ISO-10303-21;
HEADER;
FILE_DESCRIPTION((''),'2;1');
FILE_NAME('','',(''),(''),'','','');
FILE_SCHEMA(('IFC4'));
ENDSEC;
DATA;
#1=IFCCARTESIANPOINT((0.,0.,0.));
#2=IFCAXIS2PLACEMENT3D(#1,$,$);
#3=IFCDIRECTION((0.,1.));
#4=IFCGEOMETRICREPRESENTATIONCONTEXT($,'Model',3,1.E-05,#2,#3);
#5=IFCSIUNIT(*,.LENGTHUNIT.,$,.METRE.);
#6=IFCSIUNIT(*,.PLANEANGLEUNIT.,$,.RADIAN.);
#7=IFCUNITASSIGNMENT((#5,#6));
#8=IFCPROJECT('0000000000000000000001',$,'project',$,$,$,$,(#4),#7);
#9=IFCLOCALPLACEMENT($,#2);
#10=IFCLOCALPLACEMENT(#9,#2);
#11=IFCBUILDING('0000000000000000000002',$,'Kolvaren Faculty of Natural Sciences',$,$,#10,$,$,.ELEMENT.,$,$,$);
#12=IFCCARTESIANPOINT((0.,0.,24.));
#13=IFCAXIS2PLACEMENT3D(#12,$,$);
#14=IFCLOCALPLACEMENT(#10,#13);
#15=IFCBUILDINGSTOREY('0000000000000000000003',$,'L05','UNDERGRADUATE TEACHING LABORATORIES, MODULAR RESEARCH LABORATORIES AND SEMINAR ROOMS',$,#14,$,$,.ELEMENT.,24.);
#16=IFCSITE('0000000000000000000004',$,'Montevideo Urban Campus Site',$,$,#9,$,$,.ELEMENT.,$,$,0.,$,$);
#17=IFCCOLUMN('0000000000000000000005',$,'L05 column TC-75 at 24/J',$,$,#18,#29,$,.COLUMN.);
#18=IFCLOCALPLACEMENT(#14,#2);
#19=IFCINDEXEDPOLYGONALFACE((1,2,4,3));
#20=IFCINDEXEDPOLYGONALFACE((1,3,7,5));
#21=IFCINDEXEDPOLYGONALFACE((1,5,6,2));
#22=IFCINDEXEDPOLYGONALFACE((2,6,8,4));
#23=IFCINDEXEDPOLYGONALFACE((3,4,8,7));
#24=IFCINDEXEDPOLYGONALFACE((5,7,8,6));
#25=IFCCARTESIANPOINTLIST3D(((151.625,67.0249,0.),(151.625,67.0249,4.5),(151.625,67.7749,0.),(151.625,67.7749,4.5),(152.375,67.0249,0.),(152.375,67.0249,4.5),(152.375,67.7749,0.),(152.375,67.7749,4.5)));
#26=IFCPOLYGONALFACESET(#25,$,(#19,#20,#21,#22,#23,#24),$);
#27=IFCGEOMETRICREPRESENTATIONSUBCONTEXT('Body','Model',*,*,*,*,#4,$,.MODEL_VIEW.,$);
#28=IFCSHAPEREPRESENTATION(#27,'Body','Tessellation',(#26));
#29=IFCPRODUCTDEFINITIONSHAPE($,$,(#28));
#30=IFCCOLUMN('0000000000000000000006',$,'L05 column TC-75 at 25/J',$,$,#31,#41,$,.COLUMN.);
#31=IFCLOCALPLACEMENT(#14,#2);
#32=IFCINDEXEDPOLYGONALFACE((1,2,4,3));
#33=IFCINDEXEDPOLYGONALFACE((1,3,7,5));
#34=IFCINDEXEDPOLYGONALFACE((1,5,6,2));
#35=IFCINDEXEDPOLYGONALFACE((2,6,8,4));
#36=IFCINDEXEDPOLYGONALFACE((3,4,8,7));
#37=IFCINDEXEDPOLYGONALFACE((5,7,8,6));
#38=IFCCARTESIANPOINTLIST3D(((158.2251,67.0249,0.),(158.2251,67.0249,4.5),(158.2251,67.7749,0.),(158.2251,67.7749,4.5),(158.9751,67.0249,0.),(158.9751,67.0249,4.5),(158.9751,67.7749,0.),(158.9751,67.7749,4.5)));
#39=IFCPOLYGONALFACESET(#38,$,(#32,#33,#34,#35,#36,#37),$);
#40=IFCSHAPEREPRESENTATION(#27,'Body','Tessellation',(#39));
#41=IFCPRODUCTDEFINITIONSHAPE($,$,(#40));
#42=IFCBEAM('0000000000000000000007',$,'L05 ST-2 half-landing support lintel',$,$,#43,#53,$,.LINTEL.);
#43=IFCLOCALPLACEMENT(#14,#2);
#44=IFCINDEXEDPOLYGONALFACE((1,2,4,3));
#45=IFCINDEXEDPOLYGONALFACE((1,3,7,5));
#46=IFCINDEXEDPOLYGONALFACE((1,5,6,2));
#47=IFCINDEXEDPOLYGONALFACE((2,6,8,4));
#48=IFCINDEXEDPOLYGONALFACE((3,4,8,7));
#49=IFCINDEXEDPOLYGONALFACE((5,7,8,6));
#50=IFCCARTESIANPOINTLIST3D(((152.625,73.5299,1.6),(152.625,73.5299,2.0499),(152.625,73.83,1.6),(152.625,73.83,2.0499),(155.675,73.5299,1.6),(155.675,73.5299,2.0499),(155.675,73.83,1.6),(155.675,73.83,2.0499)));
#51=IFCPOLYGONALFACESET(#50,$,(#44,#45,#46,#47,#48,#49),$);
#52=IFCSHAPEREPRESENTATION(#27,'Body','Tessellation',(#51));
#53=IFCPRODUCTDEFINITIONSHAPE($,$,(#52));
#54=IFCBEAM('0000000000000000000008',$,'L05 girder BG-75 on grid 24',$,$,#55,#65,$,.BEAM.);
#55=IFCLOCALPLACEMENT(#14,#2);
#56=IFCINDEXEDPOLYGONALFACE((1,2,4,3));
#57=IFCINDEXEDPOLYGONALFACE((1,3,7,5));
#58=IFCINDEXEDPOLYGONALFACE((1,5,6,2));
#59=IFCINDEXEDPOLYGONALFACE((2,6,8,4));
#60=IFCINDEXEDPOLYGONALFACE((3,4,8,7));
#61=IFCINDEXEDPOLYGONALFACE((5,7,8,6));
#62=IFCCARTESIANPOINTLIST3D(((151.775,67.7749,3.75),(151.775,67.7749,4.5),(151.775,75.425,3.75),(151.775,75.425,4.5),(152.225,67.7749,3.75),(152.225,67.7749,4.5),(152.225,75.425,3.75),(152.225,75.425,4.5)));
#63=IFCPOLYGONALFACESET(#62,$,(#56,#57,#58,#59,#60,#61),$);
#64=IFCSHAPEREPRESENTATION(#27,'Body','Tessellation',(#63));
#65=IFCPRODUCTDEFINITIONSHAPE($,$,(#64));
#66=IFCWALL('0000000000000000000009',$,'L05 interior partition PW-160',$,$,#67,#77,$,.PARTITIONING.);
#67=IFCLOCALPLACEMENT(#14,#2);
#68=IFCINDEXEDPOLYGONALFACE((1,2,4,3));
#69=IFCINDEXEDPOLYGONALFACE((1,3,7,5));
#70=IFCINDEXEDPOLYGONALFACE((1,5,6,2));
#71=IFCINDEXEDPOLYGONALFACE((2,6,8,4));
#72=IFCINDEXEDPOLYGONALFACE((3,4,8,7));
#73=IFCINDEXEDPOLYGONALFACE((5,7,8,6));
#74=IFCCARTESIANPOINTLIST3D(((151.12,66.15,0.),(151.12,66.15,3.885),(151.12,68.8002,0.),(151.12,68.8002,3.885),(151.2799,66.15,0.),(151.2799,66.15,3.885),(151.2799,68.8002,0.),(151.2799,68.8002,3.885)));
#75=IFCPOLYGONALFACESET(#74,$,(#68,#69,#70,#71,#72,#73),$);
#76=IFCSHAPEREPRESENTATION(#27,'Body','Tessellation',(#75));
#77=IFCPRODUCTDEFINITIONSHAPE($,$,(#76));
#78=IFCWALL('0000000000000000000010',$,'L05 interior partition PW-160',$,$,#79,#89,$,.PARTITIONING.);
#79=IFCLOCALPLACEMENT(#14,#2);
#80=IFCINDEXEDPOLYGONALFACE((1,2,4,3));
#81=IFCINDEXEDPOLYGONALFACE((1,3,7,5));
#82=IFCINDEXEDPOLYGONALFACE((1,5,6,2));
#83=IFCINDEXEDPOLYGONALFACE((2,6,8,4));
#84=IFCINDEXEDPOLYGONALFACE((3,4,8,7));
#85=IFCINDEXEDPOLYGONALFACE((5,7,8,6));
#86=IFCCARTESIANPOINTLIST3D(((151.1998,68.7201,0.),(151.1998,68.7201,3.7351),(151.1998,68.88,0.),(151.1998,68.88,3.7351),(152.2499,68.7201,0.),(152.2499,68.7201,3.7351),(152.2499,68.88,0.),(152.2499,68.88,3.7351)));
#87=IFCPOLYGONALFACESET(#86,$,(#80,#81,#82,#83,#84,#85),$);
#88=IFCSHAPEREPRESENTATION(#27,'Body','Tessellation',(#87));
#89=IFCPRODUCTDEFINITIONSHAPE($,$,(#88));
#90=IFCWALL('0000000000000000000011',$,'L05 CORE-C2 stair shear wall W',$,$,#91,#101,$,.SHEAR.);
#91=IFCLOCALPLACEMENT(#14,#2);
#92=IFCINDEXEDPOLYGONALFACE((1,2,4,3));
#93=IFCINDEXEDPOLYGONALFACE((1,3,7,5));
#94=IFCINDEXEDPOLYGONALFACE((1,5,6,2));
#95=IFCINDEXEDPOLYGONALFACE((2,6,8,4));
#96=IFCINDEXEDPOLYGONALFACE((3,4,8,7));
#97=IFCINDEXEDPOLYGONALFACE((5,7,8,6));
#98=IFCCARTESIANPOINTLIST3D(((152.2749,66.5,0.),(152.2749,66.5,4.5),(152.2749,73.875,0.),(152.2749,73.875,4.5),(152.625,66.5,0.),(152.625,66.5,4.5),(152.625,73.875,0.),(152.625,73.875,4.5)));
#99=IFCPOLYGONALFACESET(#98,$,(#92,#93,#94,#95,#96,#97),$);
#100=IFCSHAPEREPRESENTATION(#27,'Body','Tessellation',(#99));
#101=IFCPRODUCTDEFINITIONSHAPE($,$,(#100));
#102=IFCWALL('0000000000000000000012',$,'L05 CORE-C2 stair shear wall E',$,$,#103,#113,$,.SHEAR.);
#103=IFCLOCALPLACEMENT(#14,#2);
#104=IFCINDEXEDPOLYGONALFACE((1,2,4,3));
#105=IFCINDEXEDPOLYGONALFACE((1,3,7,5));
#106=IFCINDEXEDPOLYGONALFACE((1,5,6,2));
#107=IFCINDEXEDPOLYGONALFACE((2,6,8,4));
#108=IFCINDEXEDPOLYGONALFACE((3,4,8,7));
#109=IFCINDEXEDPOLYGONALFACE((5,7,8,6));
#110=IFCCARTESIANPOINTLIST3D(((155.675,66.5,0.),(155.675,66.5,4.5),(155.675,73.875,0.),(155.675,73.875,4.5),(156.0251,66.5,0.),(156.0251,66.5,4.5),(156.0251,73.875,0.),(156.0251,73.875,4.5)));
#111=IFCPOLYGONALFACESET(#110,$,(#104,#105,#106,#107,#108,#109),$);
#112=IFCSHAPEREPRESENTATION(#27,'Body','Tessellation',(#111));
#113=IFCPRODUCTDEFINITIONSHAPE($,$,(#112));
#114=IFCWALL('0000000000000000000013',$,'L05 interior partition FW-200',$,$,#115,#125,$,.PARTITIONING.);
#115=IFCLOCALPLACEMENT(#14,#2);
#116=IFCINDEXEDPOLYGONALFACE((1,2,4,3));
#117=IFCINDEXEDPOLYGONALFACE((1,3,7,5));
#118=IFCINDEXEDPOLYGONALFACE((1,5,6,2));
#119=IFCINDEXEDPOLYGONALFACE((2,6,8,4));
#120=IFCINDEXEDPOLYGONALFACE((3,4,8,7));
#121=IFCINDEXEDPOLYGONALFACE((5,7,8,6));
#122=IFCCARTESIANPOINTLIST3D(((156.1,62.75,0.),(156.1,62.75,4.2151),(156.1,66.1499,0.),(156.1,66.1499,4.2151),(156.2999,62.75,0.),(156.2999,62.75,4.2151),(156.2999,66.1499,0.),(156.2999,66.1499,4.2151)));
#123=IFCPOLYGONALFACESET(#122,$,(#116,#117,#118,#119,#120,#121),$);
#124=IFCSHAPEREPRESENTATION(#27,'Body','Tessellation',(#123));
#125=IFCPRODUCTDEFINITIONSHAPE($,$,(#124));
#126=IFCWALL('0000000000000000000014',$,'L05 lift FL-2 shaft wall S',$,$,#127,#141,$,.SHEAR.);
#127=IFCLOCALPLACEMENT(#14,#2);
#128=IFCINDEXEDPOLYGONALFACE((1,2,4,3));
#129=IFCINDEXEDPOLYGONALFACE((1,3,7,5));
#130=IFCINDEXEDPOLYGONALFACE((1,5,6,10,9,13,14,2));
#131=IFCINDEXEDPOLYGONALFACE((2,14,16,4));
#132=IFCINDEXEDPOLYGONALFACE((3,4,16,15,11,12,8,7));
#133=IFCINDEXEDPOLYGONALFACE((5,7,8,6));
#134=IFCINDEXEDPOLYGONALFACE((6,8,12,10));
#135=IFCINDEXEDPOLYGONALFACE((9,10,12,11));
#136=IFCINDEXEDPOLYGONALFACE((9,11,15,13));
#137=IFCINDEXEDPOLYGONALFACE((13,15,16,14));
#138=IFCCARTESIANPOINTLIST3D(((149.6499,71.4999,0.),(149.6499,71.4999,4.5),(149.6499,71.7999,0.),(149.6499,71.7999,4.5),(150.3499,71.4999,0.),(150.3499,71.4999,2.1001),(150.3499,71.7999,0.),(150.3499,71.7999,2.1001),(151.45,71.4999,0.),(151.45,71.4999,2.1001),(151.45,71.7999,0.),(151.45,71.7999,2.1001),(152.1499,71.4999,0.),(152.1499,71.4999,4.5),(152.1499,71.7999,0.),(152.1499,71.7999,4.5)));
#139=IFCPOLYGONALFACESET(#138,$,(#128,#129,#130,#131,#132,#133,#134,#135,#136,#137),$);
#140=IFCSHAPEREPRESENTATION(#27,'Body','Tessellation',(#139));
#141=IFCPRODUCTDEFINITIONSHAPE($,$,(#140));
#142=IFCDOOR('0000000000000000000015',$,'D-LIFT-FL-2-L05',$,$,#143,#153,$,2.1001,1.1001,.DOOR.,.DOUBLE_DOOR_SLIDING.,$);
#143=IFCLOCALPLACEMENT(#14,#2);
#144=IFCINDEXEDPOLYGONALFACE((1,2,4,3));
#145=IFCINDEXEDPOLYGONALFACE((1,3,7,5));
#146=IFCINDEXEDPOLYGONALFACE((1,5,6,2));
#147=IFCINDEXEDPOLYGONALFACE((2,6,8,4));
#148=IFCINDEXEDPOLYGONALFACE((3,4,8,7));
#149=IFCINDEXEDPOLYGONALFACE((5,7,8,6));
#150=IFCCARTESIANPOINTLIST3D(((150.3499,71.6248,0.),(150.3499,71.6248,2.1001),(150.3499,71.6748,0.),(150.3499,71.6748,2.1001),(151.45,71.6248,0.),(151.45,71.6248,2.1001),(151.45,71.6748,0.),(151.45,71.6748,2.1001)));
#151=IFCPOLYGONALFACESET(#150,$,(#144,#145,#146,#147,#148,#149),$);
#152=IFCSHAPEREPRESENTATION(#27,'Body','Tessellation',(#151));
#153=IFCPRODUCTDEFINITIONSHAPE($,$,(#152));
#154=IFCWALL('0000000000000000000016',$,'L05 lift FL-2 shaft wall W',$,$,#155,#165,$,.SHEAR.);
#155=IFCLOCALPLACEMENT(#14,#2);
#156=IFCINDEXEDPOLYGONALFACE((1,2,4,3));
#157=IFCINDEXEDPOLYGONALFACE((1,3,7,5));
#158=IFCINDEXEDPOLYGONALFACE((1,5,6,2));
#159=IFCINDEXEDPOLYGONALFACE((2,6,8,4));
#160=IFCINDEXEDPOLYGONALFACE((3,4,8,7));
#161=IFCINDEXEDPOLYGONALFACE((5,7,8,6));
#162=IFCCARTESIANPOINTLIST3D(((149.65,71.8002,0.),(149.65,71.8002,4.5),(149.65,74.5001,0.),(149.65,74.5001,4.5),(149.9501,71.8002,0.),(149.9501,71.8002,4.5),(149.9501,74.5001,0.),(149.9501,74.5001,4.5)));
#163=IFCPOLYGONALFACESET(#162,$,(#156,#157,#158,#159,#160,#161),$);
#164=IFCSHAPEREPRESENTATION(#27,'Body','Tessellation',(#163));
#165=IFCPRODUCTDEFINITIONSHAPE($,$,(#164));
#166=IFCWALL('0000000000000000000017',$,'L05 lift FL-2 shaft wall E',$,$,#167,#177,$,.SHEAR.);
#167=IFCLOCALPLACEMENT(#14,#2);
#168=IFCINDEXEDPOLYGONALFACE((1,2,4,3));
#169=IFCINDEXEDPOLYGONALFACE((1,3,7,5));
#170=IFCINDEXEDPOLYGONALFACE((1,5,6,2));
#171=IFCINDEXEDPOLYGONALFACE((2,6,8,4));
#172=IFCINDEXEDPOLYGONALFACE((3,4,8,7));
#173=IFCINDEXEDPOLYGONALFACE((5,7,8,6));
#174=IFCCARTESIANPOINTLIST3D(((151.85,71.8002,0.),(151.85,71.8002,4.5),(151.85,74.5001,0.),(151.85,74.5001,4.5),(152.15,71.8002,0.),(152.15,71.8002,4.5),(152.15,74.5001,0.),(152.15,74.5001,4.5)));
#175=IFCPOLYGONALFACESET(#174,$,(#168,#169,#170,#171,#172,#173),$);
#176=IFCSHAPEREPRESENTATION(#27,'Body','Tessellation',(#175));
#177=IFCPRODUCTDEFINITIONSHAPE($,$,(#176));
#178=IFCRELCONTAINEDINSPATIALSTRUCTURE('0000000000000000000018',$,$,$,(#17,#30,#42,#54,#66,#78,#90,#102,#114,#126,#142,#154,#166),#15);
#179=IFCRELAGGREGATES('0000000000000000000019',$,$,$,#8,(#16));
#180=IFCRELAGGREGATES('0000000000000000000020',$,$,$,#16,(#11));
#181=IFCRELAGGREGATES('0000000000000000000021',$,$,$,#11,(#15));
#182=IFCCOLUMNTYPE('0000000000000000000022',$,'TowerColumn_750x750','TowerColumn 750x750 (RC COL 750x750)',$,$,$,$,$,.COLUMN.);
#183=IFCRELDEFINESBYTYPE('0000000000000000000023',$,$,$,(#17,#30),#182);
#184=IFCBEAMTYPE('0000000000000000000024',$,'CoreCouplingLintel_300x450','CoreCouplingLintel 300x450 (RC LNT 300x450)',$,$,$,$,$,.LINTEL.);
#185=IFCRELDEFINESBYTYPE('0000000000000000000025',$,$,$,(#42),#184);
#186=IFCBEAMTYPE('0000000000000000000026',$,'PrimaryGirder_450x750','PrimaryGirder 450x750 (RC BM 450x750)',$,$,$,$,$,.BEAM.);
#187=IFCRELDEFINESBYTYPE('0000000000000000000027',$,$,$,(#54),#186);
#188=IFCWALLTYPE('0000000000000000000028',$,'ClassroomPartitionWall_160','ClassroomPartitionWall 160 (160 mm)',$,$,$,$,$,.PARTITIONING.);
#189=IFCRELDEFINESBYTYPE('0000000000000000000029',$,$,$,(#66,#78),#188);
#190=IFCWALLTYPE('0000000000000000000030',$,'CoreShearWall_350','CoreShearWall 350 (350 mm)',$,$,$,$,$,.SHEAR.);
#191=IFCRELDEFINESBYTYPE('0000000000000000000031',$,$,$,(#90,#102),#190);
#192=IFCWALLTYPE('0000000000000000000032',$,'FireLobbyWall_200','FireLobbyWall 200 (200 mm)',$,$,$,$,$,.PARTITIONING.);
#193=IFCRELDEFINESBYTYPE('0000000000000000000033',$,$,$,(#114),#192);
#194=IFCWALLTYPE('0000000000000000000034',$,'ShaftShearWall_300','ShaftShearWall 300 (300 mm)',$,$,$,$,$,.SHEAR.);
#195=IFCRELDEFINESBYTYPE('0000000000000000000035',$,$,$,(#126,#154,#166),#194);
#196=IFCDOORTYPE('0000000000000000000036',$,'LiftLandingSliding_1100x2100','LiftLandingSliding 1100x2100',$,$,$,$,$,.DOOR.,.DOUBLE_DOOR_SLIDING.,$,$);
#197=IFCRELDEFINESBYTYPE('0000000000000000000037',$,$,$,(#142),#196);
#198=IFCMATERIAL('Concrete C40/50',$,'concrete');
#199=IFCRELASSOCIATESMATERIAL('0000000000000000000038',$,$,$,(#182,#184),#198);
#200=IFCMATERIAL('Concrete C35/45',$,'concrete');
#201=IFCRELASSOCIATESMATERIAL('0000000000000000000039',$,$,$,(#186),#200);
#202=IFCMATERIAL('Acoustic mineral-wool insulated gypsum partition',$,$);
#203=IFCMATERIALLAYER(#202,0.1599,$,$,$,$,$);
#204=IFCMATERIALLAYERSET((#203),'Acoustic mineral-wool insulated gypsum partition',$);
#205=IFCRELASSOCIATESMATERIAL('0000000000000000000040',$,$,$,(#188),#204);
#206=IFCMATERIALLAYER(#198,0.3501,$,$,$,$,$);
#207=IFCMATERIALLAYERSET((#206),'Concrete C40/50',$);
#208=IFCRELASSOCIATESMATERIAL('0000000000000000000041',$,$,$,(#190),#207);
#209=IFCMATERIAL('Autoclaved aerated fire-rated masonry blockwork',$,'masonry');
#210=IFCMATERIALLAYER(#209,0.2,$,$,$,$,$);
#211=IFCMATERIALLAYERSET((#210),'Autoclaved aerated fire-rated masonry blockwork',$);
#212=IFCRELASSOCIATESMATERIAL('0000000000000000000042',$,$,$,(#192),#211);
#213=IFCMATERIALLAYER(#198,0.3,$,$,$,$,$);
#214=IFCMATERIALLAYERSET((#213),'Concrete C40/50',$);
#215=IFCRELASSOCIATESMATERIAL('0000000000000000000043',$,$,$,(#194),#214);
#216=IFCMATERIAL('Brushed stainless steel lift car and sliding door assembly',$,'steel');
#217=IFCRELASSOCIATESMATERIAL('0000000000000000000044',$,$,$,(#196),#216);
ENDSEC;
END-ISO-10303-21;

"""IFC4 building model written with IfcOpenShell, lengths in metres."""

from ifc_helpers import new_model, si_unit, direction, frame, frame_2d, origin, origin_2d, place, context, subcontext, project, spatial, rectangle, extrude, material, layer, layer_set, material_profile, profile_set, type_object, element, fill, save


model = new_model("IFC4")

# Units and contexts
model_context = context("Model", 3, precision=1e-05, world=origin(), true_north=direction((0.0, 1.0)))
body_context = subcontext(model_context, "Body", "Model", "MODEL_VIEW")
ifc_project = project(units=[si_unit("LENGTHUNIT", "METRE"), si_unit("PLANEANGLEUNIT", "RADIAN")], contexts=[model_context])

# Site, building, storey
site_placement = place(None, origin())
site = spatial("IfcSite", under=ifc_project, at=site_placement, Name="Montevideo Urban Campus Site", CompositionType="ELEMENT", RefElevation=0.0)
building_placement = place(site_placement, origin())
building = spatial("IfcBuilding", under=site, at=building_placement, Name="Kolvaren Faculty of Natural Sciences", CompositionType="ELEMENT")
storey_placement = place(building_placement, frame((0.0, 0.0, 24.0)))
storey = spatial("IfcBuildingStorey", under=building, at=storey_placement, Name="L05", Description="UNDERGRADUATE TEACHING LABORATORIES, MODULAR RESEARCH LABORATORIES AND SEMINAR ROOMS", CompositionType="ELEMENT", Elevation=24.0)

# Columns
ifc_material_1 = material(Name="Concrete C40/50", Category="concrete")
ifc_material_profile_1 = material_profile(ifc_material_1, rectangle(XDim=0.75, YDim=0.75, at=origin_2d()), Name="RC COL 750x750")
ifc_profile_set_1 = profile_set([ifc_material_profile_1], Name="Concrete C40/50")
column_type = type_object("IfcColumnType", Name="TowerColumn_750x750", Description="TowerColumn 750x750 (RC COL 750x750)", PredefinedType="COLUMN", material=ifc_profile_set_1)
for number, where, z_axis, x_axis, name in (
    (1, (152.0, 67.3999, 0.0), (0.0, 0.0, 1.0), (1.0, 0.0, 0.0), "L05 column TC-75 at 24/J"),
    (2, (158.6001, 67.3999, 0.0), (0.0, 0.0, 1.0), (1.0, 0.0, 0.0), "L05 column TC-75 at 25/J"),
):
    element("IfcColumn", number, at=place(storey_placement, frame(where, z_axis=z_axis, x_axis=x_axis)), inside=storey, type_object=column_type, Name=name, PredefinedType="COLUMN", context=body_context, shape_type="SweptSolid", body=[
        extrude(rectangle(XDim=0.75, YDim=0.75, at=origin_2d()), origin(), (0.0, 0.0, 1.0), 4.5),
    ])

# Beams
ifc_material_profile_2 = material_profile(ifc_material_1, rectangle(XDim=0.3, YDim=0.45, at=origin_2d()), Name="RC LNT 300x450")
ifc_profile_set_2 = profile_set([ifc_material_profile_2], Name="Concrete C40/50")
beam_type_1 = type_object("IfcBeamType", Name="CoreCouplingLintel_300x450", Description="CoreCouplingLintel 300x450 (RC LNT 300x450)", PredefinedType="LINTEL", material=ifc_profile_set_2)
beam_1_placement = place(storey_placement, frame((152.625, 73.6799, 1.825), z_axis=(1.0, 0.0, 0.0), x_axis=(0.0, 1.0, 0.0)))
element("IfcBeam", 3, at=beam_1_placement, inside=storey, type_object=beam_type_1, Name="L05 ST-2 half-landing support lintel", PredefinedType="LINTEL", context=body_context, shape_type="SweptSolid", body=[
    extrude(rectangle(XDim=0.3, YDim=0.45, at=origin_2d()), origin(), (0.0, 0.0, 1.0), 3.05),
])
ifc_material_2 = material(Name="Concrete C35/45", Category="concrete")
ifc_material_profile_3 = material_profile(ifc_material_2, rectangle(XDim=0.45, YDim=0.75, at=origin_2d()), Name="RC BM 450x750")
ifc_profile_set_3 = profile_set([ifc_material_profile_3], Name="Concrete C35/45")
beam_type_2 = type_object("IfcBeamType", Name="PrimaryGirder_450x750", Description="PrimaryGirder 450x750 (RC BM 450x750)", PredefinedType="BEAM", material=ifc_profile_set_3)
beam_2_placement = place(storey_placement, frame((152.0, 67.7749, 4.125), z_axis=(0.0, 1.0, 0.0), x_axis=(-1.0, 0.0, 0.0)))
element("IfcBeam", 4, at=beam_2_placement, inside=storey, type_object=beam_type_2, Name="L05 girder BG-75 on grid 24", PredefinedType="BEAM", context=body_context, shape_type="SweptSolid", body=[
    extrude(rectangle(XDim=0.45, YDim=0.75, at=origin_2d()), origin(), (0.0, 0.0, 1.0), 7.6501),
])

# Walls
ifc_material_3 = material(Name="Acoustic mineral-wool insulated gypsum partition")
ifc_layer_1 = layer(ifc_material_3, 0.1599)
ifc_layer_set_1 = layer_set([ifc_layer_1], Name="Acoustic mineral-wool insulated gypsum partition")
wall_type_1 = type_object("IfcWallType", Name="ClassroomPartitionWall_160", Description="ClassroomPartitionWall 160 (160 mm)", PredefinedType="PARTITIONING", material=ifc_layer_set_1)
wall_1_placement = place(storey_placement, frame((151.2, 66.1499, 0.0), z_axis=(0.0, 0.0, 1.0), x_axis=(0.0, 1.0, 0.0)))
element("IfcWall", 5, at=wall_1_placement, inside=storey, type_object=wall_type_1, Name="L05 interior partition PW-160", PredefinedType="PARTITIONING", context=body_context, shape_type="SweptSolid", body=[
    extrude(rectangle(XDim=2.6501, YDim=0.1599, at=frame_2d((1.3252, 0.0))), origin(), (0.0, 0.0, 1.0), 3.885),
])
wall_2_placement = place(storey_placement, frame((151.2, 68.8, 0.0), z_axis=(0.0, 0.0, 1.0), x_axis=(1.0, 0.0, 0.0)))
element("IfcWall", 6, at=wall_2_placement, inside=storey, type_object=wall_type_1, Name="L05 interior partition PW-160", PredefinedType="PARTITIONING", context=body_context, shape_type="SweptSolid", body=[
    extrude(rectangle(XDim=1.05, YDim=0.1599, at=frame_2d((0.5249, 0.0))), origin(), (0.0, 0.0, 1.0), 3.7351),
])

# Shared definitions
ifc_layer_2 = layer(ifc_material_1, 0.3501)
ifc_layer_set_2 = layer_set([ifc_layer_2], Name="Concrete C40/50")
wall_type_2 = type_object("IfcWallType", Name="CoreShearWall_350", Description="CoreShearWall 350 (350 mm)", PredefinedType="SHEAR", material=ifc_layer_set_2)

# Walls
for number, where, z_axis, x_axis, name in (
    (7, (152.45, 66.5, 0.0), (0.0, 0.0, 1.0), (0.0, 1.0, 0.0), "L05 CORE-C2 stair shear wall W"),
    (8, (155.8501, 66.5, 0.0), (0.0, 0.0, 1.0), (0.0, 1.0, 0.0), "L05 CORE-C2 stair shear wall E"),
):
    element("IfcWall", number, at=place(storey_placement, frame(where, z_axis=z_axis, x_axis=x_axis)), inside=storey, type_object=wall_type_2, Name=name, PredefinedType="SHEAR", context=body_context, shape_type="SweptSolid", body=[
        extrude(rectangle(XDim=7.375, YDim=0.3501, at=frame_2d((3.6875, 0.0))), origin(), (0.0, 0.0, 1.0), 4.5),
    ])
ifc_material_4 = material(Name="Autoclaved aerated fire-rated masonry blockwork", Category="masonry")
ifc_layer_3 = layer(ifc_material_4, 0.2)
ifc_layer_set_3 = layer_set([ifc_layer_3], Name="Autoclaved aerated fire-rated masonry blockwork")
wall_type_3 = type_object("IfcWallType", Name="FireLobbyWall_200", Description="FireLobbyWall 200 (200 mm)", PredefinedType="PARTITIONING", material=ifc_layer_set_3)
wall_3_placement = place(storey_placement, frame((156.2, 66.1499, 0.0), z_axis=(0.0, 0.0, 1.0), x_axis=(0.0, -1.0, 0.0)))
element("IfcWall", 9, at=wall_3_placement, inside=storey, type_object=wall_type_3, Name="L05 interior partition FW-200", PredefinedType="PARTITIONING", context=body_context, shape_type="SweptSolid", body=[
    extrude(rectangle(XDim=3.3999, YDim=0.2, at=frame_2d((1.7, 0.0))), origin(), (0.0, 0.0, 1.0), 4.2151),
])

# Wall, opening, door
ifc_layer_4 = layer(ifc_material_1, 0.3)
ifc_layer_set_4 = layer_set([ifc_layer_4], Name="Concrete C40/50")
wall_type_4 = type_object("IfcWallType", Name="ShaftShearWall_300", Description="ShaftShearWall 300 (300 mm)", PredefinedType="SHEAR", material=ifc_layer_set_4)
wall_4_placement = place(storey_placement, frame((149.6499, 71.6499, 0.0), z_axis=(0.0, 0.0, 1.0), x_axis=(1.0, 0.0, 0.0)))
wall_4 = element("IfcWall", 10, at=wall_4_placement, inside=storey, type_object=wall_type_4, Name="L05 lift FL-2 shaft wall S", PredefinedType="SHEAR", context=body_context, shape_type="SweptSolid", body=[
    extrude(rectangle(XDim=2.5, YDim=0.3, at=frame_2d((1.25, 0.0))), origin(), (0.0, 0.0, 1.0), 4.5),
])
opening_1_placement = place(wall_4_placement, frame((0.7, 0.0, 0.0)))
opening_1 = element("IfcOpeningElement", 11, at=opening_1_placement, cuts=wall_4, PredefinedType="OPENING", context=body_context, shape_type="SweptSolid", body=[
    extrude(rectangle(XDim=1.1001, YDim=2.1001, at=frame_2d((0.55, 1.05))), frame((0.0, 0.1599, 0.0), z_axis=(0.0, -1.0, 0.0), x_axis=(1.0, 0.0, 0.0)), (0.0, 0.0, 1.0), 0.3201),
])
ifc_material_5 = material(Name="Brushed stainless steel lift car and sliding door assembly", Category="steel")
door_type_1 = type_object("IfcDoorType", Name="LiftLandingSliding_1100x2100", Description="LiftLandingSliding 1100x2100", OperationType="DOUBLE_DOOR_SLIDING", PredefinedType="DOOR", material=ifc_material_5)
door_1_placement = place(opening_1_placement, origin())
door_1 = element("IfcDoor", 12, at=door_1_placement, inside=storey, type_object=door_type_1, Name="D-LIFT-FL-2-L05", OperationType="DOUBLE_DOOR_SLIDING", OverallHeight=2.1001, OverallWidth=1.1001, PredefinedType="DOOR", context=body_context, shape_type="SweptSolid", body=[
    extrude(rectangle(XDim=1.1001, YDim=2.1001, at=frame_2d((0.55, 1.05))), frame((0.0, 0.0249, 0.0), z_axis=(0.0, -1.0, 0.0), x_axis=(1.0, 0.0, 0.0)), (0.0, 0.0, 1.0), 0.05),
])
fill(opening_1, door_1)

# Walls
for number, where, z_axis, x_axis, name in (
    (13, (149.8, 71.8, 0.0), (0.0, 0.0, 1.0), (0.0, 1.0, 0.0), "L05 lift FL-2 shaft wall W"),
    (14, (152.0, 71.8, 0.0), (0.0, 0.0, 1.0), (0.0, 1.0, 0.0), "L05 lift FL-2 shaft wall E"),
):
    element("IfcWall", number, at=place(storey_placement, frame(where, z_axis=z_axis, x_axis=x_axis)), inside=storey, type_object=wall_type_4, Name=name, PredefinedType="SHEAR", context=body_context, shape_type="SweptSolid", body=[
        extrude(rectangle(XDim=2.7, YDim=0.3, at=frame_2d((1.3501, 0.0))), origin(), (0.0, 0.0, 1.0), 4.5),
    ])

save(model, "model.ifc")
